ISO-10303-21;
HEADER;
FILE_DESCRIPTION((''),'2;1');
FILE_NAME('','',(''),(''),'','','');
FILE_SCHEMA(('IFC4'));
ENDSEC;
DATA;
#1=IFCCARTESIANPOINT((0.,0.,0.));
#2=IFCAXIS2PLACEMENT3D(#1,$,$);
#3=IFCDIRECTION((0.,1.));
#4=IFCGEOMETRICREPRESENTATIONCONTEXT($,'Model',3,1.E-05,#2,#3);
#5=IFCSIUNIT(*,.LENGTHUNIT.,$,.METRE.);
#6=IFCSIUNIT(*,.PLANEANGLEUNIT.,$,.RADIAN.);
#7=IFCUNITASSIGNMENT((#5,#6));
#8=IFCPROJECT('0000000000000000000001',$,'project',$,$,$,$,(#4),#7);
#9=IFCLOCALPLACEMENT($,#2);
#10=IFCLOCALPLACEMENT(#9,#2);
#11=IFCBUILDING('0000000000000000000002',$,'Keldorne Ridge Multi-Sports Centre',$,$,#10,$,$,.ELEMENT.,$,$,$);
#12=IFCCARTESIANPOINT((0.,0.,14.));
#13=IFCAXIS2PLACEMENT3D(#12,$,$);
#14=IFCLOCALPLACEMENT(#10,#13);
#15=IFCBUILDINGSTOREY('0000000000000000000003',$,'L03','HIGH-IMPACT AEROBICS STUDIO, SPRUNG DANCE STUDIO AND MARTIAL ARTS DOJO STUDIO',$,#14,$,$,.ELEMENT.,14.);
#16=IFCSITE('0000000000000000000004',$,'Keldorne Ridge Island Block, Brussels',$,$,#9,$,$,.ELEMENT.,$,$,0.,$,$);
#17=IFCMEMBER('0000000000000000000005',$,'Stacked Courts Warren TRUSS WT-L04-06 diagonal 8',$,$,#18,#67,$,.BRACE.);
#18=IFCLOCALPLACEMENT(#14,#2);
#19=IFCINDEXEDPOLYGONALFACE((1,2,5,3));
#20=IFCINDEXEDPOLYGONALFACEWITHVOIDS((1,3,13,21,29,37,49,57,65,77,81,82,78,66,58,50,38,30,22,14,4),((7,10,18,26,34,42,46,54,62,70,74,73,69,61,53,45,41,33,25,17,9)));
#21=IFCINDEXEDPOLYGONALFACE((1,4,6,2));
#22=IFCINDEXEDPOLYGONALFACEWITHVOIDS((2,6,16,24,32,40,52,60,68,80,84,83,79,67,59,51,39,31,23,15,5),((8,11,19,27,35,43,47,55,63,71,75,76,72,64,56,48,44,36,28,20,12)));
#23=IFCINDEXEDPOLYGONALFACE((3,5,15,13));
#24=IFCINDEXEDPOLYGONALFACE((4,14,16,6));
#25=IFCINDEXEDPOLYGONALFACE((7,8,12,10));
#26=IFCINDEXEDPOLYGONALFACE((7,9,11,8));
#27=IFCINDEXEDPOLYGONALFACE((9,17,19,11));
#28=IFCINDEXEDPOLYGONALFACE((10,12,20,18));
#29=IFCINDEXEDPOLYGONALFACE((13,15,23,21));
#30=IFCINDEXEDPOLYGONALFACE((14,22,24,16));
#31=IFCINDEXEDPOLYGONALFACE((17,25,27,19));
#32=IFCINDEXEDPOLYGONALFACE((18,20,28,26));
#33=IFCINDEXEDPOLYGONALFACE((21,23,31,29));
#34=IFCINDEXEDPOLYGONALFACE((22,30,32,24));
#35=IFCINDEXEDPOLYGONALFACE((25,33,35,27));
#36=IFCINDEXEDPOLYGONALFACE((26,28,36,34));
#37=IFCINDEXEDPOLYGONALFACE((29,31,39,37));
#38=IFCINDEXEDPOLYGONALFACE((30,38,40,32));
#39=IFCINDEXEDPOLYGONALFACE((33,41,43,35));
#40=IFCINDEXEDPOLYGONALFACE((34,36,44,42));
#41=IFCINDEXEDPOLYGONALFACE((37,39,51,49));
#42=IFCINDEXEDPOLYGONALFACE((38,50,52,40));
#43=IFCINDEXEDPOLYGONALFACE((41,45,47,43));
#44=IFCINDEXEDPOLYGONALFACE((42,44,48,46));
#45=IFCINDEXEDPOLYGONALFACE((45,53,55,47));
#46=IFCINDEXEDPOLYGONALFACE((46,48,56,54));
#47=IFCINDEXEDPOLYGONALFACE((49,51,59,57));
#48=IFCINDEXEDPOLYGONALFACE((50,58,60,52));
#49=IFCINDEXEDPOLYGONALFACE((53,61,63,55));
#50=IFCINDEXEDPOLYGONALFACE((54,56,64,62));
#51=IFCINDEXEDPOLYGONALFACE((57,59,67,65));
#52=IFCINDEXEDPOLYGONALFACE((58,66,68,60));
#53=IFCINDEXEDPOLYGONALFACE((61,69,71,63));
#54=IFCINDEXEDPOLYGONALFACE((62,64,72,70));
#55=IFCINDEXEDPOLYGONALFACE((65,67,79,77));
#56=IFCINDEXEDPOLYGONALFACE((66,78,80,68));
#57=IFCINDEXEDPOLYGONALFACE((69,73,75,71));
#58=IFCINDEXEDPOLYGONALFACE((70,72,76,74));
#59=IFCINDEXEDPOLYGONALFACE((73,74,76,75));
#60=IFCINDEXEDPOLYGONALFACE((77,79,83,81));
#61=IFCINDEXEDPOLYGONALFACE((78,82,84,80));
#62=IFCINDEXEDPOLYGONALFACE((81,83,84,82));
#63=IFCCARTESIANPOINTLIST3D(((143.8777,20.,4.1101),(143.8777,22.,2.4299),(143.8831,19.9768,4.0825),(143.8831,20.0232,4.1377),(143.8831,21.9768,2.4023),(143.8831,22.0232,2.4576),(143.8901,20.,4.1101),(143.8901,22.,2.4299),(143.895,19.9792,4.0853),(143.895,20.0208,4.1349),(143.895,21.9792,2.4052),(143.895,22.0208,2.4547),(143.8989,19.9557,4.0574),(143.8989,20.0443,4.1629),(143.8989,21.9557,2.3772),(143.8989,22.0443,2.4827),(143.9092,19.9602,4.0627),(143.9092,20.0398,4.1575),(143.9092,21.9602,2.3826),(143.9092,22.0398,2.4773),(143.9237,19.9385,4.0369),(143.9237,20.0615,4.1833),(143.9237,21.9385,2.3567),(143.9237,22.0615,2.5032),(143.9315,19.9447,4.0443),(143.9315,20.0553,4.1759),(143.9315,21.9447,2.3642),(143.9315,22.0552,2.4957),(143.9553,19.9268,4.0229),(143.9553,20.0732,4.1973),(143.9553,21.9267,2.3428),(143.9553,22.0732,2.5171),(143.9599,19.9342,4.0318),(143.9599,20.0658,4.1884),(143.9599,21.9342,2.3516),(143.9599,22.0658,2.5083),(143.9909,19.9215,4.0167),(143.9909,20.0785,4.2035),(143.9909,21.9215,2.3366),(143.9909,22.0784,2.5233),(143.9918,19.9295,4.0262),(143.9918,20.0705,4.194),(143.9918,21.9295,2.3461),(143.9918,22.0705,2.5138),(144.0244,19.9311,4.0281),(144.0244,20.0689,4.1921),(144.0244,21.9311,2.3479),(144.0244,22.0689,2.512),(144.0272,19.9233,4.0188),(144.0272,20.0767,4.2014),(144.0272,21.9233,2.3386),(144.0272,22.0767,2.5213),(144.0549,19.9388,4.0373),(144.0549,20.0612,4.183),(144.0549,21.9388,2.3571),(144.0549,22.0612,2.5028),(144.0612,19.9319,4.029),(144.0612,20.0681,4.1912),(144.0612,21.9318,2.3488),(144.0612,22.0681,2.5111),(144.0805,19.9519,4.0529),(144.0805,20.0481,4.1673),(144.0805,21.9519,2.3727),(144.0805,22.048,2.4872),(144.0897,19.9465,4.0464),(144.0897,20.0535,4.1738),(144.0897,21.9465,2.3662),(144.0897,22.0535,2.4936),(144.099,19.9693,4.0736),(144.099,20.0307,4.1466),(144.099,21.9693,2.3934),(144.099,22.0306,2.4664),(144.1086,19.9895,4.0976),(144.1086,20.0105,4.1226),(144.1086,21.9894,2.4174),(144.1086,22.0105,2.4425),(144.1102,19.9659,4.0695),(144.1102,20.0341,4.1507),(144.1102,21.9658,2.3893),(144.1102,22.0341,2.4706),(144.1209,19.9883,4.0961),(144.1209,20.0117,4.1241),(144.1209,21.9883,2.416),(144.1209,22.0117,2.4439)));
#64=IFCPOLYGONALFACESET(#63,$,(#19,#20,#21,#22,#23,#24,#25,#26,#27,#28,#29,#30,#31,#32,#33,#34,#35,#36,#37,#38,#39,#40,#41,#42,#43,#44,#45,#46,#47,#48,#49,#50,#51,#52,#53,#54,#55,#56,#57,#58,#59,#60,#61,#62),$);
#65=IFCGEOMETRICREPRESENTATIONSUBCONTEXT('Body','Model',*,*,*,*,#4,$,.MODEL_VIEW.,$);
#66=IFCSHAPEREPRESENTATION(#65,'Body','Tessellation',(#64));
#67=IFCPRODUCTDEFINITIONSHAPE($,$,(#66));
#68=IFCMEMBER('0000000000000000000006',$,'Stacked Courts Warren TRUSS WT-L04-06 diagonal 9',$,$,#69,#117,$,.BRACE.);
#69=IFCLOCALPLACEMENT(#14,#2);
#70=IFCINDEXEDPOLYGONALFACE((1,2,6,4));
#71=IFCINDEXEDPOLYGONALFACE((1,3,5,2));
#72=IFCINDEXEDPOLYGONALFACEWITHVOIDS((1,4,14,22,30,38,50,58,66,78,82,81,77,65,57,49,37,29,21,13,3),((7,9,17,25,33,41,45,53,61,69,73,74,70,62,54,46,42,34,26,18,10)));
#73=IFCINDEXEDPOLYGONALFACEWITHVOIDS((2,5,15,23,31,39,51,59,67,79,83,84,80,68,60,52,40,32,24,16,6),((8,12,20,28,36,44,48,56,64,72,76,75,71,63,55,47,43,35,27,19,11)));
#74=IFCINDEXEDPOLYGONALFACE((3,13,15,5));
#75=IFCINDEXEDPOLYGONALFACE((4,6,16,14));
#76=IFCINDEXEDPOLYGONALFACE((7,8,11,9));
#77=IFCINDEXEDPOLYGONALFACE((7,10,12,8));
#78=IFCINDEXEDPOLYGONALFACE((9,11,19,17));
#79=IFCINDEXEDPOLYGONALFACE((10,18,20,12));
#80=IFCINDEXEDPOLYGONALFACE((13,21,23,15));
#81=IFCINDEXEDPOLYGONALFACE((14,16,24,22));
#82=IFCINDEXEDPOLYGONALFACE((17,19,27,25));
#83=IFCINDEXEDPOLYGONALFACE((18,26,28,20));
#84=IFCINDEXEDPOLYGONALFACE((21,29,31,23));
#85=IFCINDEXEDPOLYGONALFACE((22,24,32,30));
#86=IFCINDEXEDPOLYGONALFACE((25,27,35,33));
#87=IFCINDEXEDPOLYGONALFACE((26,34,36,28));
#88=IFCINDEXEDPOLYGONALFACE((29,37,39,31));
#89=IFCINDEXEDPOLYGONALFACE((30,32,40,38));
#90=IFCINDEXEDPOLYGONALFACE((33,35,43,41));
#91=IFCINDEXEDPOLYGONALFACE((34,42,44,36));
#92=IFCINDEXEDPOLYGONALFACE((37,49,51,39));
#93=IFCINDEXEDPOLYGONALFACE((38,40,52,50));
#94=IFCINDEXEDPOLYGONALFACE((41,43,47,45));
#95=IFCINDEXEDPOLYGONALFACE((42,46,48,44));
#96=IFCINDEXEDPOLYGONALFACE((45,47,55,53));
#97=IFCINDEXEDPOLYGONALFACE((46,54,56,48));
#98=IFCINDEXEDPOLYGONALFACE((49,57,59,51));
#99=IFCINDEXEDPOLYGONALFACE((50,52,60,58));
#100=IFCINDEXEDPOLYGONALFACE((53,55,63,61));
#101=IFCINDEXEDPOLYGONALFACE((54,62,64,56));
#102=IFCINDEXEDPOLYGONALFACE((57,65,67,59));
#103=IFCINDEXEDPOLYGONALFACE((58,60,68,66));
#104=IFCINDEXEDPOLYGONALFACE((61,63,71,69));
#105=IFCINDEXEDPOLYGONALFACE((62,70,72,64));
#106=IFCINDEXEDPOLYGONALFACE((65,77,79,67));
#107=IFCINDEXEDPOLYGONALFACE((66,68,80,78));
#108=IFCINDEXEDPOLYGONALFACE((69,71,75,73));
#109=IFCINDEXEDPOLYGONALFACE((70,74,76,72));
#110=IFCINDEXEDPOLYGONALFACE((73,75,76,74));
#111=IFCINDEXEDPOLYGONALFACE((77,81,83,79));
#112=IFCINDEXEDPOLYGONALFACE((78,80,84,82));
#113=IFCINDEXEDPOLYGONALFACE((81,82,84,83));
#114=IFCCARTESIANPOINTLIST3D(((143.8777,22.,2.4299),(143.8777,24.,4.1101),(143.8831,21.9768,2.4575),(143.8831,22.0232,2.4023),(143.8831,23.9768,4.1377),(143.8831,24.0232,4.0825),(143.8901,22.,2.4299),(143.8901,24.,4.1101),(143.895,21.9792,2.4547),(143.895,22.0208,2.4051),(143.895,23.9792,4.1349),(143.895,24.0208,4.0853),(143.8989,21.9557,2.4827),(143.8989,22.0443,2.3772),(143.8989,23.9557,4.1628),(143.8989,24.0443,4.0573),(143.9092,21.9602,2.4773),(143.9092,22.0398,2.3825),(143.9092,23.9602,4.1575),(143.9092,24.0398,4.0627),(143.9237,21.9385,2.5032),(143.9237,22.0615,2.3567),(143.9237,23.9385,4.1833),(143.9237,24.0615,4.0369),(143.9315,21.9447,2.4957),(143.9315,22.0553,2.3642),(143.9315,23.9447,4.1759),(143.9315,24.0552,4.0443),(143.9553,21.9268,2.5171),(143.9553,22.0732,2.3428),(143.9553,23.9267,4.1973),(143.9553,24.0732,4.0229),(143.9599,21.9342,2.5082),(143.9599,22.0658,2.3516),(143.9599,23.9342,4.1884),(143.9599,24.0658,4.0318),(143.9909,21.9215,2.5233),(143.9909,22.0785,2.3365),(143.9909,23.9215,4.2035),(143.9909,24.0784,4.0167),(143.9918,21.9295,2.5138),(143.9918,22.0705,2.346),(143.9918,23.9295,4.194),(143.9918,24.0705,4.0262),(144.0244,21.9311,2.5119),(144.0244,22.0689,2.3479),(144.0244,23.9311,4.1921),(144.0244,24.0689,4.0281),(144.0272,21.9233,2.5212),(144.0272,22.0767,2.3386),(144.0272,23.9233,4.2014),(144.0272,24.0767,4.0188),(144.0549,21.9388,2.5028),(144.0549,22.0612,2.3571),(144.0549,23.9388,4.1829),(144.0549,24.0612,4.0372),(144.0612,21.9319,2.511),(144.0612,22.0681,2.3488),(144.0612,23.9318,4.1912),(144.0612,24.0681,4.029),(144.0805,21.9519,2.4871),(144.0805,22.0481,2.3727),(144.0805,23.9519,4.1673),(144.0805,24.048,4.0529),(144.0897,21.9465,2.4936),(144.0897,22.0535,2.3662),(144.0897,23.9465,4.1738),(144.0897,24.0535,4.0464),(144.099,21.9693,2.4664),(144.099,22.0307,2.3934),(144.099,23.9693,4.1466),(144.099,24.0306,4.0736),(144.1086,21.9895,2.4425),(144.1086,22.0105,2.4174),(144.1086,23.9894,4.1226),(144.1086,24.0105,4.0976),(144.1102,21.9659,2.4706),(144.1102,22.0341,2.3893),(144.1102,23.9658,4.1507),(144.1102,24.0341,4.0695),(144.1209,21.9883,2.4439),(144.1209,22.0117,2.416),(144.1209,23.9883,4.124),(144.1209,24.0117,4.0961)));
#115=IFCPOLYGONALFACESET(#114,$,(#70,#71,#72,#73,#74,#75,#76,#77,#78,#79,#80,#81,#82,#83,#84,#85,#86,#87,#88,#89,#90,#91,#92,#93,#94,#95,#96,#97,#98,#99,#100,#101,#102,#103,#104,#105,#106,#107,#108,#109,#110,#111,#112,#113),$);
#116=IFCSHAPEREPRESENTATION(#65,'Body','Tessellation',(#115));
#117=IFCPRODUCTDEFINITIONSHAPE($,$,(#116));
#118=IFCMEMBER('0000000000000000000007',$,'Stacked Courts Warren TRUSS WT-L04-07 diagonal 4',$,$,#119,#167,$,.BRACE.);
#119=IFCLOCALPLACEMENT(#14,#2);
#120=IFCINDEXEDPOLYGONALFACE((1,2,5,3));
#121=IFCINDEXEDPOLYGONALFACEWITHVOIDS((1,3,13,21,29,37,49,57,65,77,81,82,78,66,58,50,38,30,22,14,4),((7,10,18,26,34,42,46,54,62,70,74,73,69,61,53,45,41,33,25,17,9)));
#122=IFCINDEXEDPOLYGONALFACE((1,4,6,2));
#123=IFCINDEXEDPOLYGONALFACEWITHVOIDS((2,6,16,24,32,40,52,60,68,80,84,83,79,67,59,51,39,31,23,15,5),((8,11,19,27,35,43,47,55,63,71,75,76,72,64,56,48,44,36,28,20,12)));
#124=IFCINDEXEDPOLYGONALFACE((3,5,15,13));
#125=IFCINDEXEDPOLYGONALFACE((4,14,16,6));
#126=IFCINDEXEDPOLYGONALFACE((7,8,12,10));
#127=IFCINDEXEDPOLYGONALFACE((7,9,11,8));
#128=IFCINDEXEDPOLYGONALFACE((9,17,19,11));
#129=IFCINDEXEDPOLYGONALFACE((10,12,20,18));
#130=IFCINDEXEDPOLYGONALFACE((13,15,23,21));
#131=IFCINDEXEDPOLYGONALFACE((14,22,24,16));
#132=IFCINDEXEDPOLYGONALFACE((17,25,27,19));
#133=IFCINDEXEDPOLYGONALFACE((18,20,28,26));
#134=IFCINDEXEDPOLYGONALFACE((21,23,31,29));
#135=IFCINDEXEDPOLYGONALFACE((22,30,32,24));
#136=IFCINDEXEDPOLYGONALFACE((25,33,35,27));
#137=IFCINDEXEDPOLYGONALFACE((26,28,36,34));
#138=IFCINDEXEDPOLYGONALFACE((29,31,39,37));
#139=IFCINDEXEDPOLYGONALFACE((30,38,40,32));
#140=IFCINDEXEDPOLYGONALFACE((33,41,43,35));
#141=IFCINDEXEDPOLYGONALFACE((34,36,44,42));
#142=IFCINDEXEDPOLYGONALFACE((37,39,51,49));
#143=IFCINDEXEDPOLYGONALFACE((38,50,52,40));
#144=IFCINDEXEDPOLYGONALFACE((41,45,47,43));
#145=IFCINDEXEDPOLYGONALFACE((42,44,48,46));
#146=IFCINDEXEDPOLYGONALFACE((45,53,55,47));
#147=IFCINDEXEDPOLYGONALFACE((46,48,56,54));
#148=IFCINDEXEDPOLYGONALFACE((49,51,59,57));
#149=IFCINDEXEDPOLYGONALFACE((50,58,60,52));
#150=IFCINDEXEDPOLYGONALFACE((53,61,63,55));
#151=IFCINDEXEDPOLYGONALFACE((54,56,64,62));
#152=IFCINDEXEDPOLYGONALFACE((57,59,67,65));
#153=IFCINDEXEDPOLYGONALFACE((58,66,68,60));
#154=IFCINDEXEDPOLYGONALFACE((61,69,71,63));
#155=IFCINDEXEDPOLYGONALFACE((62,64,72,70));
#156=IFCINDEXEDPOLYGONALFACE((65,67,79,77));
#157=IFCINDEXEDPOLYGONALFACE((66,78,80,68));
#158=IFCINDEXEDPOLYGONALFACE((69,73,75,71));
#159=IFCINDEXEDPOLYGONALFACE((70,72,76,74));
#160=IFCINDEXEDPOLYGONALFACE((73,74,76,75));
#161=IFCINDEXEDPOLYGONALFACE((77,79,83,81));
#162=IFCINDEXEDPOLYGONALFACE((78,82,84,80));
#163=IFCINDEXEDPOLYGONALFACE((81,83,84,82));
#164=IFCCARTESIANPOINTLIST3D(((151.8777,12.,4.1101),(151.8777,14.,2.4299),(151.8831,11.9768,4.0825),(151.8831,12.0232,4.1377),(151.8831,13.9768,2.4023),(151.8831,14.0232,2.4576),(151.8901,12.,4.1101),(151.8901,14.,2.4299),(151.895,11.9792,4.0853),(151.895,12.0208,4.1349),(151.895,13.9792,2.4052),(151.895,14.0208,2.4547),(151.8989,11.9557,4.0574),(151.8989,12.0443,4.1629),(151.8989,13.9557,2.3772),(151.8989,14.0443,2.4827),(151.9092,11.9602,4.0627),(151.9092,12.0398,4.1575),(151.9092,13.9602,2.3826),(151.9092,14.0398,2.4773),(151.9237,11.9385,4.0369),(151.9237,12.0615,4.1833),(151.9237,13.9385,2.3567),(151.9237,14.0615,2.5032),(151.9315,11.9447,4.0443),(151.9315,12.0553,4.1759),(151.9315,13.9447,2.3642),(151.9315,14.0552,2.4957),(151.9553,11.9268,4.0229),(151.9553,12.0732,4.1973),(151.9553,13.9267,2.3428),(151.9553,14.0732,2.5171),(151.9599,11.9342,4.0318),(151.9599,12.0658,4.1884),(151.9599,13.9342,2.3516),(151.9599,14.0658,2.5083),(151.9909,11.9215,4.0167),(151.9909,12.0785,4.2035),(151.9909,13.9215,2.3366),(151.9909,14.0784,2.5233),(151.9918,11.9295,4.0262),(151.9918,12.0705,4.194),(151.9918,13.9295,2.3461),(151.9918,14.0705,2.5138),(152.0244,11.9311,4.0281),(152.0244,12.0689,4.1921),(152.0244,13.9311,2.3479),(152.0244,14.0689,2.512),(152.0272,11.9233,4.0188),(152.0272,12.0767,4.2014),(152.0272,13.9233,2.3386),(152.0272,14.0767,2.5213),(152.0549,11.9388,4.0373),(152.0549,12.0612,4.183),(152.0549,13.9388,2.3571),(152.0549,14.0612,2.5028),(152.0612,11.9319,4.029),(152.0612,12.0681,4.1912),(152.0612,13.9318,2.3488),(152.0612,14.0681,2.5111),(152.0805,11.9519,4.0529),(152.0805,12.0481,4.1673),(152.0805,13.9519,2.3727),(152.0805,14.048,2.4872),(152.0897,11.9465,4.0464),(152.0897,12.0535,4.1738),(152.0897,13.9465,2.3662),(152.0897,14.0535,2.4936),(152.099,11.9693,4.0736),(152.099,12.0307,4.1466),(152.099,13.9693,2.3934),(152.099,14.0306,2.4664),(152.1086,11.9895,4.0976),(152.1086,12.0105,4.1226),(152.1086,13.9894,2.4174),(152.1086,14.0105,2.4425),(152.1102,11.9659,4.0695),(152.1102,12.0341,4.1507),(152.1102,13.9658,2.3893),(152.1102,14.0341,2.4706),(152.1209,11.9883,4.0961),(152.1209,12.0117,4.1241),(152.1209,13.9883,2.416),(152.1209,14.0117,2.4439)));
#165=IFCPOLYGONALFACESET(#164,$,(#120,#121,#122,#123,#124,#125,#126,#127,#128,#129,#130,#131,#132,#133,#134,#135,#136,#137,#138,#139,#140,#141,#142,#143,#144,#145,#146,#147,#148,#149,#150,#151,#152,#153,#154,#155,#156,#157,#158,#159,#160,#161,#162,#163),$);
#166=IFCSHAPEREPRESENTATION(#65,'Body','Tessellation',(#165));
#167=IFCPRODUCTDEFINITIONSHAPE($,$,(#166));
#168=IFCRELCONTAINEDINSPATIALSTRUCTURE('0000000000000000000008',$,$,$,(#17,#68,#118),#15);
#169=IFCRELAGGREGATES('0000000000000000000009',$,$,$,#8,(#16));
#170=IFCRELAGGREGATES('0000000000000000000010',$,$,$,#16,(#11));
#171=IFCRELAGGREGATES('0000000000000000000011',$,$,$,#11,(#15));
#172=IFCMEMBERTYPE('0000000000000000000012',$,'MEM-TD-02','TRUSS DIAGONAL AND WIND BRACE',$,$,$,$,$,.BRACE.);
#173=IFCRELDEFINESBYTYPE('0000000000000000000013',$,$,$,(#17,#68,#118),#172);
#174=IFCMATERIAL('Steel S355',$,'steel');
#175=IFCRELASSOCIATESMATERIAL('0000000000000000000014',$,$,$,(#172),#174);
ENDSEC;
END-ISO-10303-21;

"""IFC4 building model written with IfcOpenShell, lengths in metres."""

from ifc_helpers import new_model, si_unit, direction, frame, origin, origin_2d, place, context, subcontext, project, spatial, hollow_circle, extrude, material, material_profile, profile_set, type_object, element, save


model = new_model("IFC4")

# Units and contexts
model_context = context("Model", 3, precision=1e-05, world=origin(), true_north=direction((0.0, 1.0)))
body_context = subcontext(model_context, "Body", "Model", "MODEL_VIEW")
ifc_project = project(units=[si_unit("LENGTHUNIT", "METRE"), si_unit("PLANEANGLEUNIT", "RADIAN")], contexts=[model_context])

# Site, building, storey
site_placement = place(None, origin())
site = spatial("IfcSite", under=ifc_project, at=site_placement, Name="Keldorne Ridge Island Block, Brussels", CompositionType="ELEMENT", RefElevation=0.0)
building_placement = place(site_placement, origin())
building = spatial("IfcBuilding", under=site, at=building_placement, Name="Keldorne Ridge Multi-Sports Centre", CompositionType="ELEMENT")
storey_placement = place(building_placement, frame((0.0, 0.0, 14.0)))
storey = spatial("IfcBuildingStorey", under=building, at=storey_placement, Name="L03", Description="HIGH-IMPACT AEROBICS STUDIO, SPRUNG DANCE STUDIO AND MARTIAL ARTS DOJO STUDIO", CompositionType="ELEMENT", Elevation=14.0)

# Members
ifc_material = material(Name="Steel S355", Category="steel")
ifc_material_profile_1 = material_profile(ifc_material, hollow_circle(Radius=0.1223, WallThickness=0.0125, at=origin_2d()), Name="CHS 244.5x12.5")
ifc_profile_set_1 = profile_set([ifc_material_profile_1], Name="Steel S355")
member_type_1 = type_object("IfcMemberType", Name="MEM-TD-02", Description="TRUSS DIAGONAL AND WIND BRACE", PredefinedType="BRACE", material=ifc_profile_set_1)
for number, where, z_axis, x_axis, name in (
    (1, (144.0, 20.0, 4.1101), (0.0, 0.765672, -0.643232), (-1.0, 0.0, 0.0), "Stacked Courts Warren TRUSS WT-L04-06 diagonal 8"),
    (2, (144.0, 22.0, 2.4299), (0.0, 0.765672, 0.643232), (-1.0, 0.0, 0.0), "Stacked Courts Warren TRUSS WT-L04-06 diagonal 9"),
    (3, (152.0, 12.0, 4.1101), (0.0, 0.765672, -0.643232), (-1.0, 0.0, 0.0), "Stacked Courts Warren TRUSS WT-L04-07 diagonal 4"),
):
    element("IfcMember", number, at=place(storey_placement, frame(where, z_axis=z_axis, x_axis=x_axis)), inside=storey, type_object=member_type_1, Name=name, PredefinedType="BRACE", context=body_context, shape_type="SweptSolid", body=[
        extrude(hollow_circle(Radius=0.1223, WallThickness=0.0125, at=origin_2d()), origin(), (0.0, 0.0, 1.0), 2.6121),
    ])

save(model, "model.ifc")
